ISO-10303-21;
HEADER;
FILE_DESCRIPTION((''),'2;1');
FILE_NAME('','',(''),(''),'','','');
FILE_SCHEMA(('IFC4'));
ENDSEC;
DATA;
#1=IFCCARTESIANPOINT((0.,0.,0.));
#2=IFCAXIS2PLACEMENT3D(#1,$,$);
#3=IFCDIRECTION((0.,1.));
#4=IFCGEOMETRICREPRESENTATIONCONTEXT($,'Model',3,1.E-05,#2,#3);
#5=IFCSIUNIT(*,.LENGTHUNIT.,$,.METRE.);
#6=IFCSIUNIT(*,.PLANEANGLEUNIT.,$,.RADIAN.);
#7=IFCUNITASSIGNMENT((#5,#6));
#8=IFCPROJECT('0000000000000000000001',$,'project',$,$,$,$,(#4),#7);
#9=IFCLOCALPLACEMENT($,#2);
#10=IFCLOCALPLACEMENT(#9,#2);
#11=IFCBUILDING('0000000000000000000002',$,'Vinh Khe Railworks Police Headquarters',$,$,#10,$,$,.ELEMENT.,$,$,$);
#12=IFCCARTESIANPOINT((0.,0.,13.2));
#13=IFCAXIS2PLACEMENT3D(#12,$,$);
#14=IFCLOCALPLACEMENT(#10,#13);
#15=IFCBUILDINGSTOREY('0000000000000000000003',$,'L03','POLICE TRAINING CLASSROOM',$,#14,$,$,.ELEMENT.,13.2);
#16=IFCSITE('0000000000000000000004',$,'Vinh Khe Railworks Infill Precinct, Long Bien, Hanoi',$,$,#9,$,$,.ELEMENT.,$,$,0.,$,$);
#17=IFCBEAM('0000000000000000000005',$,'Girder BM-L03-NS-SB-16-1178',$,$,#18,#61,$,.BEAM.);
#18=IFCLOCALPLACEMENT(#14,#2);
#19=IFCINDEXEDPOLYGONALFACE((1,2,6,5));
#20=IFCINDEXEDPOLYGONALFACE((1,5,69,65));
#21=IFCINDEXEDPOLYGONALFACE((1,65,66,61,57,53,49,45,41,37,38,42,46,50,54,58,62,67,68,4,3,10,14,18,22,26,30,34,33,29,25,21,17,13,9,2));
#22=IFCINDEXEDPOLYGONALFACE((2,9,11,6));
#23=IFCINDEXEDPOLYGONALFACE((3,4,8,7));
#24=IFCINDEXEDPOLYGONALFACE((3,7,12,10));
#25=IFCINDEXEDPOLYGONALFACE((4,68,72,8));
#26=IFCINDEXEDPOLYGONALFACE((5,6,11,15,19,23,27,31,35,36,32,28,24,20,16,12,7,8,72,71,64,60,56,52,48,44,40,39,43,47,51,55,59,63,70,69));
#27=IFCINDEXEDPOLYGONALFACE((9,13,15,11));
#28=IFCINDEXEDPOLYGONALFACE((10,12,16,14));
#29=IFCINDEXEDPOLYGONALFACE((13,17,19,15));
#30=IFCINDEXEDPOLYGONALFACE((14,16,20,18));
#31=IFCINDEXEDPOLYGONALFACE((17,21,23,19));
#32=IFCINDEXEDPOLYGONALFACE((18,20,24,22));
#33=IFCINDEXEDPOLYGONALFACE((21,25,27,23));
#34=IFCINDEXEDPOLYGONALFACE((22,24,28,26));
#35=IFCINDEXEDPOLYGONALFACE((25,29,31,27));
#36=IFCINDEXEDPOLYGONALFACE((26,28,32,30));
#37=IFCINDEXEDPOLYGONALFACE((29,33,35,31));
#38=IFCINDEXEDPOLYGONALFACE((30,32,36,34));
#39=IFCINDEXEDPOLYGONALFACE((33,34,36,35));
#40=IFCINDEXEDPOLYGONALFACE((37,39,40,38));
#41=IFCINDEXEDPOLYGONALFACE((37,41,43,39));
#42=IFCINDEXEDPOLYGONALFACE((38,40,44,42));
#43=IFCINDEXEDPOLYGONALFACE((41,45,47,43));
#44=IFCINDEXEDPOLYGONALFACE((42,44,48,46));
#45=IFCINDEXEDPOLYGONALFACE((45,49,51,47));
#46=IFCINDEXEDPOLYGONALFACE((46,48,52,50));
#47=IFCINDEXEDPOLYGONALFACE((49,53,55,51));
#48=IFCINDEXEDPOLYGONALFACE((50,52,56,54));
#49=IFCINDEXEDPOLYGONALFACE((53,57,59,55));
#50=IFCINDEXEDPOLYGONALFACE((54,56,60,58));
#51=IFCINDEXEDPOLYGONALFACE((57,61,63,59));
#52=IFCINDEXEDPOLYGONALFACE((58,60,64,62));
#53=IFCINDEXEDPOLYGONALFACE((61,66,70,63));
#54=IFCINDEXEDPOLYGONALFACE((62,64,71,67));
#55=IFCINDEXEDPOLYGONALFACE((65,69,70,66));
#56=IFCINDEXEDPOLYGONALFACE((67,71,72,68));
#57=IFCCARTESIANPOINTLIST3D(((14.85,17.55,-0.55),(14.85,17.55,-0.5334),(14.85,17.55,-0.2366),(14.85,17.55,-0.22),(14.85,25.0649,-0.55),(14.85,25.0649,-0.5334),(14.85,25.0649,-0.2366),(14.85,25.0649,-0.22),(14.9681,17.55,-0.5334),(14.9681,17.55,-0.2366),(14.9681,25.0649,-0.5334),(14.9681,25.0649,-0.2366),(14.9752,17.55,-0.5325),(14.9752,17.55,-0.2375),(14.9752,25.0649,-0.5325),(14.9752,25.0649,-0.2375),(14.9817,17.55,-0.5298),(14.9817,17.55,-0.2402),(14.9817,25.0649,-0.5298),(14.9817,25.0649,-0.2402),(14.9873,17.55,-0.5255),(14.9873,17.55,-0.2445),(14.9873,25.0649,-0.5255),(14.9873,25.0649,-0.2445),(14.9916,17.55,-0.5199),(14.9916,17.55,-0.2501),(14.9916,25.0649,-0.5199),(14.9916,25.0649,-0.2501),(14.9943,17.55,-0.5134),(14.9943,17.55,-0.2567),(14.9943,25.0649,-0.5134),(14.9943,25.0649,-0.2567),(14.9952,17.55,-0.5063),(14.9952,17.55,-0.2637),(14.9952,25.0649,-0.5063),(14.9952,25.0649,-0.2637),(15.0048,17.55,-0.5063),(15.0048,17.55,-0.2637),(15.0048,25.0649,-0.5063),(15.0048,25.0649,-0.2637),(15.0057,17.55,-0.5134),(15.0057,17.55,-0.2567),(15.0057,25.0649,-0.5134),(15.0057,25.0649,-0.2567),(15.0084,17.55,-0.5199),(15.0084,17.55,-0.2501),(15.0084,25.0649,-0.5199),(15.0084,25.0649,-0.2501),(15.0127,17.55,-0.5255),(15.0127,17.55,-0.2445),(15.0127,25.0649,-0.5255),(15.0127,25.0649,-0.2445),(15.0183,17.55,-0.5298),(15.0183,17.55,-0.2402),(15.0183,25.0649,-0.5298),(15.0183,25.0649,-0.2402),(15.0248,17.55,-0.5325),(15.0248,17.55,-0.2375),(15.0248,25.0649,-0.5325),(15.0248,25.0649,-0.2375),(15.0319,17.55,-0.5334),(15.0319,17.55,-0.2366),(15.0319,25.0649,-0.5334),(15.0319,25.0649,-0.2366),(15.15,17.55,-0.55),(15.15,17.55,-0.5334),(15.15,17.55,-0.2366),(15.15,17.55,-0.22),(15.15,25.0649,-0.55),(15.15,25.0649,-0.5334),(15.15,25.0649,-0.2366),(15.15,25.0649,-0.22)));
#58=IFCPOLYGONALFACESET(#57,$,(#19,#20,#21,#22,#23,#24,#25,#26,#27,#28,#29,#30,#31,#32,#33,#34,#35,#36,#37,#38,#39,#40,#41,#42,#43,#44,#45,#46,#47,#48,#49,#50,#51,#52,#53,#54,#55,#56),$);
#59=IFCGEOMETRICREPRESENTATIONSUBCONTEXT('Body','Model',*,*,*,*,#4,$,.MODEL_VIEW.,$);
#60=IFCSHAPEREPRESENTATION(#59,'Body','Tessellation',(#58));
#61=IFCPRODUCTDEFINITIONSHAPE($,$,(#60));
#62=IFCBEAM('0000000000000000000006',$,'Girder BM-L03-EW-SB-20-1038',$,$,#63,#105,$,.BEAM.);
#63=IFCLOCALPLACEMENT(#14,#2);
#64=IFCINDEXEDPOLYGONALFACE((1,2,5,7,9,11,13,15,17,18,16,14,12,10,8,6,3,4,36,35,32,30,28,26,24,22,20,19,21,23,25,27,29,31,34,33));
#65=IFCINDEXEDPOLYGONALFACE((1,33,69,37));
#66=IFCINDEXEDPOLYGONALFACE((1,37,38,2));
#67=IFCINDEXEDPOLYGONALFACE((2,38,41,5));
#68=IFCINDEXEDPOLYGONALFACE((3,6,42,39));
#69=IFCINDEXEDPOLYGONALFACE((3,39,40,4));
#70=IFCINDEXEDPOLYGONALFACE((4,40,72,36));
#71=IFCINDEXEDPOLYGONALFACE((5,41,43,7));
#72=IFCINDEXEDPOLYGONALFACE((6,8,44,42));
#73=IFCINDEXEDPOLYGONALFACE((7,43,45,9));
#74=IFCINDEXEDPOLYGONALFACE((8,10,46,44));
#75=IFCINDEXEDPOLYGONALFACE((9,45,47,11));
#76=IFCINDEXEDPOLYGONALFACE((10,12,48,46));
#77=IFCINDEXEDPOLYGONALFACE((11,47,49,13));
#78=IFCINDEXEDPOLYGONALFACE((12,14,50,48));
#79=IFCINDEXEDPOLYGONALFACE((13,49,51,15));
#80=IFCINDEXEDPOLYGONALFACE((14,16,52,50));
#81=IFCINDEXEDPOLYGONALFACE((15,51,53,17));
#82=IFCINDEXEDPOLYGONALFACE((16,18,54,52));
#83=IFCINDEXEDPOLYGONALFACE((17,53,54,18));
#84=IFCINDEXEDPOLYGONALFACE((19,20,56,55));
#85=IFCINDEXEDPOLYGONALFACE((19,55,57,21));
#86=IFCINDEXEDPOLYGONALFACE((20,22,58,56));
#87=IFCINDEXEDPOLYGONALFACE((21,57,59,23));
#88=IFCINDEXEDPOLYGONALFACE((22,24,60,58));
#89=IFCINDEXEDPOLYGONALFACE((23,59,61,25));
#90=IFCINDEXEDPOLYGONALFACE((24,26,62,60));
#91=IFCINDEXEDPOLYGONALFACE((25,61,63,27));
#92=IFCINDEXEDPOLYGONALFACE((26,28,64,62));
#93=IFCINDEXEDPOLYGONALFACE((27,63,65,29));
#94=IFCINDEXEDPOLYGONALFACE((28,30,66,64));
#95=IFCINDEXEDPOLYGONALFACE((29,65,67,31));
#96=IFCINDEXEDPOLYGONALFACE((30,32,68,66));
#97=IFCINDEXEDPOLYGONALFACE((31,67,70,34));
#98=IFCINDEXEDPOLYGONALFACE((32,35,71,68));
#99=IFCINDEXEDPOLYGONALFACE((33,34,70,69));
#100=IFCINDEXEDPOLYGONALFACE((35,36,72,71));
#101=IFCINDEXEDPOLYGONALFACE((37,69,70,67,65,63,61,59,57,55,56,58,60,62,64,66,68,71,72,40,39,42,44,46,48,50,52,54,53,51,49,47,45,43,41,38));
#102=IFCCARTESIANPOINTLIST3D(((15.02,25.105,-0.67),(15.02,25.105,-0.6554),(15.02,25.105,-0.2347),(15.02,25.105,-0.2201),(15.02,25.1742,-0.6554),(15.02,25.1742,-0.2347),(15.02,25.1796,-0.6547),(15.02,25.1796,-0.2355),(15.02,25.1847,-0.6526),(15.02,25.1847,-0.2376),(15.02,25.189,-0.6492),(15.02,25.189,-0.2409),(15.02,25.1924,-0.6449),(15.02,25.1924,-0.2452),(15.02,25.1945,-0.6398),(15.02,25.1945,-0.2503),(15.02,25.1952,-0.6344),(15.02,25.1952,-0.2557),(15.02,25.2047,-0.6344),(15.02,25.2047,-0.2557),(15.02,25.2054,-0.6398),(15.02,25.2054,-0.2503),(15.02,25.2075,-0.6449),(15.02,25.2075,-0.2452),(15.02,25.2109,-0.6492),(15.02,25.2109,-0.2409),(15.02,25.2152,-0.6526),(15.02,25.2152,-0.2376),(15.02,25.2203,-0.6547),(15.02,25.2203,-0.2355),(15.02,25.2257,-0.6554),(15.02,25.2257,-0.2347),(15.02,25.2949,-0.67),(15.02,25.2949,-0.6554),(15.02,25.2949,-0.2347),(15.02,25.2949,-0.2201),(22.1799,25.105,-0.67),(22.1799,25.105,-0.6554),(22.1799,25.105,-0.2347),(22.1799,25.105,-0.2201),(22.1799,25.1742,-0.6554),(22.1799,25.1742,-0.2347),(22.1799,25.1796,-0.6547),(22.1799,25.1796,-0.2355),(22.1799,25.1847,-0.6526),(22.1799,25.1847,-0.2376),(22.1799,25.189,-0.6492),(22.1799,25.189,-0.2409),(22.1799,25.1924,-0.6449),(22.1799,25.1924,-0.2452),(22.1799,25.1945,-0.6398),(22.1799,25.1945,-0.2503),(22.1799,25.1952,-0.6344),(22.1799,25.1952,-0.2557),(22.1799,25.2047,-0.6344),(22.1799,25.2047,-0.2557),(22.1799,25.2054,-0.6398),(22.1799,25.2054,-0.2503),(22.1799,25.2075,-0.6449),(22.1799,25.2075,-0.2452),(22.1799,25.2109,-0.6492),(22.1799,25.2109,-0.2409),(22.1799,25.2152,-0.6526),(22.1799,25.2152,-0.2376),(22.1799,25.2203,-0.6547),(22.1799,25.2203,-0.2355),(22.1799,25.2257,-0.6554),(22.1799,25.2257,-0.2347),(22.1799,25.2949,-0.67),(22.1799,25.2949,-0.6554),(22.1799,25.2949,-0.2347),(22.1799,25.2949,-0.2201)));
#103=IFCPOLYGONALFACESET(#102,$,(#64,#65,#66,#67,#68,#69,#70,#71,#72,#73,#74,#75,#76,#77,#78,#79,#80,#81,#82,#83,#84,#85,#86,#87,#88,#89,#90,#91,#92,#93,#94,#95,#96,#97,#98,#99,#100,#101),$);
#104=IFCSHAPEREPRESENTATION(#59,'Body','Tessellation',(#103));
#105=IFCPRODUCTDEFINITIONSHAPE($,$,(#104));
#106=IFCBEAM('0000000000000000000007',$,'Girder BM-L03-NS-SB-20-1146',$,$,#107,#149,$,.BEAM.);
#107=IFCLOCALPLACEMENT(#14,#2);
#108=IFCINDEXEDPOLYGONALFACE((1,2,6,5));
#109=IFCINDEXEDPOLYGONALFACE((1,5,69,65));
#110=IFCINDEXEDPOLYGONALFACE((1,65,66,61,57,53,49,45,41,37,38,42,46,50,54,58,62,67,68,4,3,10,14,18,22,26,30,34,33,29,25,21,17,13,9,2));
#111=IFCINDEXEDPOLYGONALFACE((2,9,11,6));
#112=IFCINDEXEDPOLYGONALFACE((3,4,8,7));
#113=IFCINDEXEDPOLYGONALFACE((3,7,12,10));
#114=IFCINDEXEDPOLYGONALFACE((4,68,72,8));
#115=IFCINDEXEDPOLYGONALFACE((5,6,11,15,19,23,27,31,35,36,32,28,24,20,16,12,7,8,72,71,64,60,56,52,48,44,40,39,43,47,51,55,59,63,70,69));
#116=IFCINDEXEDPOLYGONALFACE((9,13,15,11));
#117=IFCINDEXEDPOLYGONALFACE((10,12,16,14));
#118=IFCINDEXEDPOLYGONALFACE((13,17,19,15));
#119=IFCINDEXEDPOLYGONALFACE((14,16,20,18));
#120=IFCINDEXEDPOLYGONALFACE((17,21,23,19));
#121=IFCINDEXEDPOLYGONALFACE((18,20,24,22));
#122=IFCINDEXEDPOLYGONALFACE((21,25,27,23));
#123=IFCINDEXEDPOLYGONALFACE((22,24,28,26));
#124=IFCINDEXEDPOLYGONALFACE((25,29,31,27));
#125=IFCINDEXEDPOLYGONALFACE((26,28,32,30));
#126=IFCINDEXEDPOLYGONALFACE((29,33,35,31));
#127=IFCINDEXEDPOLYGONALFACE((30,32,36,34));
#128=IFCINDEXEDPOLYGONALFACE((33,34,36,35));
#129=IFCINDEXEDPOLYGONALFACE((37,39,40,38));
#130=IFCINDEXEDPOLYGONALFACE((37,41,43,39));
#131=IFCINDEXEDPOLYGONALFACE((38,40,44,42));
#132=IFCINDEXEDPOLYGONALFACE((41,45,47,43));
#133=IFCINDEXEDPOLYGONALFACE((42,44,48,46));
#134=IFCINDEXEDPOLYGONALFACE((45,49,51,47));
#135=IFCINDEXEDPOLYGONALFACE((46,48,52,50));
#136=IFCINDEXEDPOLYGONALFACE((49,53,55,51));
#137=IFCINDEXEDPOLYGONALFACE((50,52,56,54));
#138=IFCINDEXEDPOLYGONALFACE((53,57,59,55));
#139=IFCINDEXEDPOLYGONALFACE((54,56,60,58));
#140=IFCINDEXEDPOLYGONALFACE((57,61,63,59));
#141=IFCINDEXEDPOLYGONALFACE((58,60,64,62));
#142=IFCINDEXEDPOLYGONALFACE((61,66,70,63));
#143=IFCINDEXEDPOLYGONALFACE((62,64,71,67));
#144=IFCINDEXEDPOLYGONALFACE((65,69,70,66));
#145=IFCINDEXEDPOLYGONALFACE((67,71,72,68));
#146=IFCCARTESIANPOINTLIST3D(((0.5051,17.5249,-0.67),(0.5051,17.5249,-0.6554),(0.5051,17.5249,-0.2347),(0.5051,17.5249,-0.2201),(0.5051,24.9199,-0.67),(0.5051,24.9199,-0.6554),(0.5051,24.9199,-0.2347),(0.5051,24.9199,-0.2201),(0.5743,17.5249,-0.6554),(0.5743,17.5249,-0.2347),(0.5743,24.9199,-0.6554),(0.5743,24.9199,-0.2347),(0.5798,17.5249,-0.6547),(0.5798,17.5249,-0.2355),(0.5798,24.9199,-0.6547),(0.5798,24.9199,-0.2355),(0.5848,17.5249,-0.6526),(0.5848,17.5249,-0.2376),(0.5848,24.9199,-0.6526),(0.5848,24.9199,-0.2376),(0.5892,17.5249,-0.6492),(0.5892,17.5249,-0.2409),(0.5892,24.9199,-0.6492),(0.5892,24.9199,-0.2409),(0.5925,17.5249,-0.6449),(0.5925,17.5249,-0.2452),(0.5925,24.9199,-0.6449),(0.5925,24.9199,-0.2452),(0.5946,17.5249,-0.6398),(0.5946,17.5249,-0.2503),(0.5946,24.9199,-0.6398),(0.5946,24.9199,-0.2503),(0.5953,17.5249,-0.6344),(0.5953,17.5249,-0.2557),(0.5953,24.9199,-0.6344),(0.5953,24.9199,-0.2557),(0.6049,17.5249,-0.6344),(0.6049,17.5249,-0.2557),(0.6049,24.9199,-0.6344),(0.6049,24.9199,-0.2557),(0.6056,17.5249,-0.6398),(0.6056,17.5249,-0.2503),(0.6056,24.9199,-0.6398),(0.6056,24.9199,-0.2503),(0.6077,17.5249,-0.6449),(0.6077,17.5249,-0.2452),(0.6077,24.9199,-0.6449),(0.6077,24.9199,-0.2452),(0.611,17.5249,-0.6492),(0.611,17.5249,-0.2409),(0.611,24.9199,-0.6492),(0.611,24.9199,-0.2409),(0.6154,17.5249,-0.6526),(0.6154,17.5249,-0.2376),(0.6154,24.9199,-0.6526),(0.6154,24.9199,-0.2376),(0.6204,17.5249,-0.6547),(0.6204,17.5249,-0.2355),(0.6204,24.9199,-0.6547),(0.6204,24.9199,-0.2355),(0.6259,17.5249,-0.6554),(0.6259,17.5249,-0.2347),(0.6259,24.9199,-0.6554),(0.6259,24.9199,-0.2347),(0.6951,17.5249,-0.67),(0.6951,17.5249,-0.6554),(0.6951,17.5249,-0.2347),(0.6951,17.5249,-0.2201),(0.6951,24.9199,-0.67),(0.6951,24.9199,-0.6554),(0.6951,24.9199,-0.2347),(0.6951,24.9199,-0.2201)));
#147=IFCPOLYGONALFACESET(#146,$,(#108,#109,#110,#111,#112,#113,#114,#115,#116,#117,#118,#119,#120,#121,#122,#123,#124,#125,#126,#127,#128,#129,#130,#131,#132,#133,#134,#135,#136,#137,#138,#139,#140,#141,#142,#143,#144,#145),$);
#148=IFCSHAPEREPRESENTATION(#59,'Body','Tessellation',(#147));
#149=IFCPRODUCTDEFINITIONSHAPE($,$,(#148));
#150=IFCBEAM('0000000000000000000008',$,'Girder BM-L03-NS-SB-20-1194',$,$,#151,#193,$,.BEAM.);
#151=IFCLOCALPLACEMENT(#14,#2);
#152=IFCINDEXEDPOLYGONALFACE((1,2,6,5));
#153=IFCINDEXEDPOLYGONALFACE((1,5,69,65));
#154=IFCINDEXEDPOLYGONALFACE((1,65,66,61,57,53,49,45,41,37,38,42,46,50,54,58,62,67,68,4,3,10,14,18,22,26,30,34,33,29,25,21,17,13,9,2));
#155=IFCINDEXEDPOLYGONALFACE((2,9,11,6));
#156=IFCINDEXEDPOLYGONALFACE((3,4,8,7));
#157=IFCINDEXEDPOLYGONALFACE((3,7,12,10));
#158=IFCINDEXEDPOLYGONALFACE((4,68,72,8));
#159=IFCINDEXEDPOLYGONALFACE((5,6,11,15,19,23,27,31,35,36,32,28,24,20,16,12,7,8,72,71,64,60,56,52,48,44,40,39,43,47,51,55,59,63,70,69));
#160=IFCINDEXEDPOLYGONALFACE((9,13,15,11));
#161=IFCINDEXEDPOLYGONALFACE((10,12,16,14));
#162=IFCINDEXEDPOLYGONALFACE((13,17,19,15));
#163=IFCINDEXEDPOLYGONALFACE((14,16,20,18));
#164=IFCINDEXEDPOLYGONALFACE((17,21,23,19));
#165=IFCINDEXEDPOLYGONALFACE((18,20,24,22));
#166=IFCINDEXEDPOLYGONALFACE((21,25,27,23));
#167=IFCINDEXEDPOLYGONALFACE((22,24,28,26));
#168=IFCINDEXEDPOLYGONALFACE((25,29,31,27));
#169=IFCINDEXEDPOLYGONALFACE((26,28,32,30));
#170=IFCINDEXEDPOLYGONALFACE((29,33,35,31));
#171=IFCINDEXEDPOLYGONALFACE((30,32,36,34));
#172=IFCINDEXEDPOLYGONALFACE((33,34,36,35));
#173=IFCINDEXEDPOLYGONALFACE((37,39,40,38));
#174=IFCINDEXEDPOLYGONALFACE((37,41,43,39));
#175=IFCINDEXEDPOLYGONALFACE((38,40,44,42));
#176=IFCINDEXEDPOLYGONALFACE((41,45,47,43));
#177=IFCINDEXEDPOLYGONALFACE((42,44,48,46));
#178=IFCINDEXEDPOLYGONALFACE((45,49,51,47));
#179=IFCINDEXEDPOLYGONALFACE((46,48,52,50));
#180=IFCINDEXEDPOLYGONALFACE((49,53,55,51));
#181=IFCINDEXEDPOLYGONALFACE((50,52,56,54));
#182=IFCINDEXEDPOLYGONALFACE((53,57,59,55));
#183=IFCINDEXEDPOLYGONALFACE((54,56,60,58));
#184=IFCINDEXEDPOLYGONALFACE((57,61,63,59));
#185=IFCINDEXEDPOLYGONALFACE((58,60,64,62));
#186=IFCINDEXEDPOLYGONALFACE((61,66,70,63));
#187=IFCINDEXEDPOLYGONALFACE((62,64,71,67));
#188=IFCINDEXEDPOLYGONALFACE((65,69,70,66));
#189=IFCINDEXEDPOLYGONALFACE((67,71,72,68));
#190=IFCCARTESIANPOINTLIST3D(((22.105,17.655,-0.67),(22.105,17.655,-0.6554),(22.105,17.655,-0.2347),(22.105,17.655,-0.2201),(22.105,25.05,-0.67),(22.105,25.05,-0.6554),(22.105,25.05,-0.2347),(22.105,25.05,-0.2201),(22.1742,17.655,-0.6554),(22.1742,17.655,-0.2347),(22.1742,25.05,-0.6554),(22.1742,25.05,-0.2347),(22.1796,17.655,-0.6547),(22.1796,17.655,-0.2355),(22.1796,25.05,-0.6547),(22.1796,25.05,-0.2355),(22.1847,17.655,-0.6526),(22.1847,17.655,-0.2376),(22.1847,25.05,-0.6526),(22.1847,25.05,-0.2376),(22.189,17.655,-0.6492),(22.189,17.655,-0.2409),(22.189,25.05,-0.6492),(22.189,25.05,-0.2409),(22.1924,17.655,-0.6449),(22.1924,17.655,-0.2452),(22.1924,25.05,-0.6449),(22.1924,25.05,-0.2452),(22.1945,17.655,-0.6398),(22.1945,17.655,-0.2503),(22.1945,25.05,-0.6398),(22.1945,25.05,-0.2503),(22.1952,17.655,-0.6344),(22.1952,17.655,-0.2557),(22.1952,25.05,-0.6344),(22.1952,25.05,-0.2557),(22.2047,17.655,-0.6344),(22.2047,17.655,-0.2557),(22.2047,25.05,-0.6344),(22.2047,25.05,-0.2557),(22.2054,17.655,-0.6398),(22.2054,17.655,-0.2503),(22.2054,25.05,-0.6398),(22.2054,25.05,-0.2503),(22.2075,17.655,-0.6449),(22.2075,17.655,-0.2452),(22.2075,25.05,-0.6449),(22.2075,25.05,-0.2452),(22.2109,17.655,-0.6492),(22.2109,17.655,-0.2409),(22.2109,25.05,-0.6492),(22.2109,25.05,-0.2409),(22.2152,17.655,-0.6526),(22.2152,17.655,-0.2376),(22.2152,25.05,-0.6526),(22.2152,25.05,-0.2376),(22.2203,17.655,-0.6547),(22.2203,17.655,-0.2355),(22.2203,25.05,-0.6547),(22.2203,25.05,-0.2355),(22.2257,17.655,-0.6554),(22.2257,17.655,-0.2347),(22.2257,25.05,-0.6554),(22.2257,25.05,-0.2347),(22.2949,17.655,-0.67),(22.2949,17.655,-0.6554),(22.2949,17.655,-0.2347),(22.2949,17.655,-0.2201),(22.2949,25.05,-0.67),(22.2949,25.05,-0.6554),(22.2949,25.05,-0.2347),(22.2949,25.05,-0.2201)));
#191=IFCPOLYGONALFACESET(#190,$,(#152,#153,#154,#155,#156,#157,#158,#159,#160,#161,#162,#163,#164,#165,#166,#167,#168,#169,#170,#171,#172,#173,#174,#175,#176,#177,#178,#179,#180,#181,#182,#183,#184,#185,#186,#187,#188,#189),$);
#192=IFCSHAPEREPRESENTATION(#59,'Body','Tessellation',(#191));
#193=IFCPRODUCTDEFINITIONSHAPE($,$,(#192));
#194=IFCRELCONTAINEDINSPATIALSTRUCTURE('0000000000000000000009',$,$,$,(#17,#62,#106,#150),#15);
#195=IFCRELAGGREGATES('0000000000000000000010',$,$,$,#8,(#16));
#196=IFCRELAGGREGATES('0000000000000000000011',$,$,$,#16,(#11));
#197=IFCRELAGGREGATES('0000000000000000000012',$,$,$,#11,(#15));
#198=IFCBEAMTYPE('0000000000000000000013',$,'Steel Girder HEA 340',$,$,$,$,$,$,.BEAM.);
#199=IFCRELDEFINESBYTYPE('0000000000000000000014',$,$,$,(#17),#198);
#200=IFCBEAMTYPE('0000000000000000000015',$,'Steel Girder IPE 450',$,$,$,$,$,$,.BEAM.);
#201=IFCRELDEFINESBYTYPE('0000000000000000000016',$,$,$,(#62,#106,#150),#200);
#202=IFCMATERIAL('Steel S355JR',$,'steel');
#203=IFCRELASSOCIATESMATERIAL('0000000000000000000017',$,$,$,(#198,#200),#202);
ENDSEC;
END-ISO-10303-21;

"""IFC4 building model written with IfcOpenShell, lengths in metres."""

from ifc_helpers import new_model, si_unit, direction, frame, origin, origin_2d, place, context, subcontext, project, spatial, i_section, extrude, material, material_profile, profile_set, type_object, element, save


model = new_model("IFC4")

# Units and contexts
model_context = context("Model", 3, precision=1e-05, world=origin(), true_north=direction((0.0, 1.0)))
body_context = subcontext(model_context, "Body", "Model", "MODEL_VIEW")
ifc_project = project(units=[si_unit("LENGTHUNIT", "METRE"), si_unit("PLANEANGLEUNIT", "RADIAN")], contexts=[model_context])

# Site, building, storey
site_placement = place(None, origin())
site = spatial("IfcSite", under=ifc_project, at=site_placement, Name="Vinh Khe Railworks Infill Precinct, Long Bien, Hanoi", CompositionType="ELEMENT", RefElevation=0.0)
building_placement = place(site_placement, origin())
building = spatial("IfcBuilding", under=site, at=building_placement, Name="Vinh Khe Railworks Police Headquarters", CompositionType="ELEMENT")
storey_placement = place(building_placement, frame((0.0, 0.0, 13.2)))
storey = spatial("IfcBuildingStorey", under=building, at=storey_placement, Name="L03", Description="POLICE TRAINING CLASSROOM", CompositionType="ELEMENT", Elevation=13.2)

# Shared definitions
ifc_material_1 = material(Name="Steel S355JR", Category="steel")

# Beams
ifc_material_profile_1 = material_profile(ifc_material_1, i_section(OverallWidth=0.3, OverallDepth=0.3301, WebThickness=0.0095, FlangeThickness=0.0166, FilletRadius=0.0271, at=origin_2d()), Name="HEA 340")
ifc_profile_set_1 = profile_set([ifc_material_profile_1], Name="Steel S355JR")
beam_type_1 = type_object("IfcBeamType", Name="Steel Girder HEA 340", PredefinedType="BEAM", material=ifc_profile_set_1)
beam_1_placement = place(storey_placement, frame((15.0, 17.55, -0.385), z_axis=(0.0, 1.0, 0.0), x_axis=(-1.0, 0.0, 0.0)))
element("IfcBeam", 1, at=beam_1_placement, inside=storey, type_object=beam_type_1, Name="Girder BM-L03-NS-SB-16-1178", PredefinedType="BEAM", context=body_context, shape_type="SweptSolid", body=[
    extrude(i_section(OverallWidth=0.3, OverallDepth=0.3301, WebThickness=0.0095, FlangeThickness=0.0166, FilletRadius=0.0271, at=origin_2d()), origin(), (0.0, 0.0, 1.0), 7.5149),
])
ifc_material_profile_2 = material_profile(ifc_material_1, i_section(OverallWidth=0.1899, OverallDepth=0.45, WebThickness=0.0095, FlangeThickness=0.0146, FilletRadius=0.021, at=origin_2d()), Name="IPE 450")
ifc_profile_set_2 = profile_set([ifc_material_profile_2], Name="Steel S355JR")
beam_type_2 = type_object("IfcBeamType", Name="Steel Girder IPE 450", PredefinedType="BEAM", material=ifc_profile_set_2)
beam_2_placement = place(storey_placement, frame((15.02, 25.2, -0.4451), z_axis=(1.0, 0.0, 0.0), x_axis=(0.0, 1.0, 0.0)))
element("IfcBeam", 2, at=beam_2_placement, inside=storey, type_object=beam_type_2, Name="Girder BM-L03-EW-SB-20-1038", PredefinedType="BEAM", context=body_context, shape_type="SweptSolid", body=[
    extrude(i_section(OverallWidth=0.1899, OverallDepth=0.45, WebThickness=0.0095, FlangeThickness=0.0146, FilletRadius=0.021, at=origin_2d()), origin(), (0.0, 0.0, 1.0), 7.1599),
])
for number, where, z_axis, x_axis, name in (
    (3, (0.6001, 17.5249, -0.4451), (0.0, 1.0, 0.0), (-1.0, 0.0, 0.0), "Girder BM-L03-NS-SB-20-1146"),
    (4, (22.2, 17.655, -0.4451), (0.0, 1.0, 0.0), (-1.0, 0.0, 0.0), "Girder BM-L03-NS-SB-20-1194"),
):
    element("IfcBeam", number, at=place(storey_placement, frame(where, z_axis=z_axis, x_axis=x_axis)), inside=storey, type_object=beam_type_2, Name=name, PredefinedType="BEAM", context=body_context, shape_type="SweptSolid", body=[
        extrude(i_section(OverallWidth=0.1899, OverallDepth=0.45, WebThickness=0.0095, FlangeThickness=0.0146, FilletRadius=0.021, at=origin_2d()), origin(), (0.0, 0.0, 1.0), 7.395),
    ])

save(model, "model.ifc")
